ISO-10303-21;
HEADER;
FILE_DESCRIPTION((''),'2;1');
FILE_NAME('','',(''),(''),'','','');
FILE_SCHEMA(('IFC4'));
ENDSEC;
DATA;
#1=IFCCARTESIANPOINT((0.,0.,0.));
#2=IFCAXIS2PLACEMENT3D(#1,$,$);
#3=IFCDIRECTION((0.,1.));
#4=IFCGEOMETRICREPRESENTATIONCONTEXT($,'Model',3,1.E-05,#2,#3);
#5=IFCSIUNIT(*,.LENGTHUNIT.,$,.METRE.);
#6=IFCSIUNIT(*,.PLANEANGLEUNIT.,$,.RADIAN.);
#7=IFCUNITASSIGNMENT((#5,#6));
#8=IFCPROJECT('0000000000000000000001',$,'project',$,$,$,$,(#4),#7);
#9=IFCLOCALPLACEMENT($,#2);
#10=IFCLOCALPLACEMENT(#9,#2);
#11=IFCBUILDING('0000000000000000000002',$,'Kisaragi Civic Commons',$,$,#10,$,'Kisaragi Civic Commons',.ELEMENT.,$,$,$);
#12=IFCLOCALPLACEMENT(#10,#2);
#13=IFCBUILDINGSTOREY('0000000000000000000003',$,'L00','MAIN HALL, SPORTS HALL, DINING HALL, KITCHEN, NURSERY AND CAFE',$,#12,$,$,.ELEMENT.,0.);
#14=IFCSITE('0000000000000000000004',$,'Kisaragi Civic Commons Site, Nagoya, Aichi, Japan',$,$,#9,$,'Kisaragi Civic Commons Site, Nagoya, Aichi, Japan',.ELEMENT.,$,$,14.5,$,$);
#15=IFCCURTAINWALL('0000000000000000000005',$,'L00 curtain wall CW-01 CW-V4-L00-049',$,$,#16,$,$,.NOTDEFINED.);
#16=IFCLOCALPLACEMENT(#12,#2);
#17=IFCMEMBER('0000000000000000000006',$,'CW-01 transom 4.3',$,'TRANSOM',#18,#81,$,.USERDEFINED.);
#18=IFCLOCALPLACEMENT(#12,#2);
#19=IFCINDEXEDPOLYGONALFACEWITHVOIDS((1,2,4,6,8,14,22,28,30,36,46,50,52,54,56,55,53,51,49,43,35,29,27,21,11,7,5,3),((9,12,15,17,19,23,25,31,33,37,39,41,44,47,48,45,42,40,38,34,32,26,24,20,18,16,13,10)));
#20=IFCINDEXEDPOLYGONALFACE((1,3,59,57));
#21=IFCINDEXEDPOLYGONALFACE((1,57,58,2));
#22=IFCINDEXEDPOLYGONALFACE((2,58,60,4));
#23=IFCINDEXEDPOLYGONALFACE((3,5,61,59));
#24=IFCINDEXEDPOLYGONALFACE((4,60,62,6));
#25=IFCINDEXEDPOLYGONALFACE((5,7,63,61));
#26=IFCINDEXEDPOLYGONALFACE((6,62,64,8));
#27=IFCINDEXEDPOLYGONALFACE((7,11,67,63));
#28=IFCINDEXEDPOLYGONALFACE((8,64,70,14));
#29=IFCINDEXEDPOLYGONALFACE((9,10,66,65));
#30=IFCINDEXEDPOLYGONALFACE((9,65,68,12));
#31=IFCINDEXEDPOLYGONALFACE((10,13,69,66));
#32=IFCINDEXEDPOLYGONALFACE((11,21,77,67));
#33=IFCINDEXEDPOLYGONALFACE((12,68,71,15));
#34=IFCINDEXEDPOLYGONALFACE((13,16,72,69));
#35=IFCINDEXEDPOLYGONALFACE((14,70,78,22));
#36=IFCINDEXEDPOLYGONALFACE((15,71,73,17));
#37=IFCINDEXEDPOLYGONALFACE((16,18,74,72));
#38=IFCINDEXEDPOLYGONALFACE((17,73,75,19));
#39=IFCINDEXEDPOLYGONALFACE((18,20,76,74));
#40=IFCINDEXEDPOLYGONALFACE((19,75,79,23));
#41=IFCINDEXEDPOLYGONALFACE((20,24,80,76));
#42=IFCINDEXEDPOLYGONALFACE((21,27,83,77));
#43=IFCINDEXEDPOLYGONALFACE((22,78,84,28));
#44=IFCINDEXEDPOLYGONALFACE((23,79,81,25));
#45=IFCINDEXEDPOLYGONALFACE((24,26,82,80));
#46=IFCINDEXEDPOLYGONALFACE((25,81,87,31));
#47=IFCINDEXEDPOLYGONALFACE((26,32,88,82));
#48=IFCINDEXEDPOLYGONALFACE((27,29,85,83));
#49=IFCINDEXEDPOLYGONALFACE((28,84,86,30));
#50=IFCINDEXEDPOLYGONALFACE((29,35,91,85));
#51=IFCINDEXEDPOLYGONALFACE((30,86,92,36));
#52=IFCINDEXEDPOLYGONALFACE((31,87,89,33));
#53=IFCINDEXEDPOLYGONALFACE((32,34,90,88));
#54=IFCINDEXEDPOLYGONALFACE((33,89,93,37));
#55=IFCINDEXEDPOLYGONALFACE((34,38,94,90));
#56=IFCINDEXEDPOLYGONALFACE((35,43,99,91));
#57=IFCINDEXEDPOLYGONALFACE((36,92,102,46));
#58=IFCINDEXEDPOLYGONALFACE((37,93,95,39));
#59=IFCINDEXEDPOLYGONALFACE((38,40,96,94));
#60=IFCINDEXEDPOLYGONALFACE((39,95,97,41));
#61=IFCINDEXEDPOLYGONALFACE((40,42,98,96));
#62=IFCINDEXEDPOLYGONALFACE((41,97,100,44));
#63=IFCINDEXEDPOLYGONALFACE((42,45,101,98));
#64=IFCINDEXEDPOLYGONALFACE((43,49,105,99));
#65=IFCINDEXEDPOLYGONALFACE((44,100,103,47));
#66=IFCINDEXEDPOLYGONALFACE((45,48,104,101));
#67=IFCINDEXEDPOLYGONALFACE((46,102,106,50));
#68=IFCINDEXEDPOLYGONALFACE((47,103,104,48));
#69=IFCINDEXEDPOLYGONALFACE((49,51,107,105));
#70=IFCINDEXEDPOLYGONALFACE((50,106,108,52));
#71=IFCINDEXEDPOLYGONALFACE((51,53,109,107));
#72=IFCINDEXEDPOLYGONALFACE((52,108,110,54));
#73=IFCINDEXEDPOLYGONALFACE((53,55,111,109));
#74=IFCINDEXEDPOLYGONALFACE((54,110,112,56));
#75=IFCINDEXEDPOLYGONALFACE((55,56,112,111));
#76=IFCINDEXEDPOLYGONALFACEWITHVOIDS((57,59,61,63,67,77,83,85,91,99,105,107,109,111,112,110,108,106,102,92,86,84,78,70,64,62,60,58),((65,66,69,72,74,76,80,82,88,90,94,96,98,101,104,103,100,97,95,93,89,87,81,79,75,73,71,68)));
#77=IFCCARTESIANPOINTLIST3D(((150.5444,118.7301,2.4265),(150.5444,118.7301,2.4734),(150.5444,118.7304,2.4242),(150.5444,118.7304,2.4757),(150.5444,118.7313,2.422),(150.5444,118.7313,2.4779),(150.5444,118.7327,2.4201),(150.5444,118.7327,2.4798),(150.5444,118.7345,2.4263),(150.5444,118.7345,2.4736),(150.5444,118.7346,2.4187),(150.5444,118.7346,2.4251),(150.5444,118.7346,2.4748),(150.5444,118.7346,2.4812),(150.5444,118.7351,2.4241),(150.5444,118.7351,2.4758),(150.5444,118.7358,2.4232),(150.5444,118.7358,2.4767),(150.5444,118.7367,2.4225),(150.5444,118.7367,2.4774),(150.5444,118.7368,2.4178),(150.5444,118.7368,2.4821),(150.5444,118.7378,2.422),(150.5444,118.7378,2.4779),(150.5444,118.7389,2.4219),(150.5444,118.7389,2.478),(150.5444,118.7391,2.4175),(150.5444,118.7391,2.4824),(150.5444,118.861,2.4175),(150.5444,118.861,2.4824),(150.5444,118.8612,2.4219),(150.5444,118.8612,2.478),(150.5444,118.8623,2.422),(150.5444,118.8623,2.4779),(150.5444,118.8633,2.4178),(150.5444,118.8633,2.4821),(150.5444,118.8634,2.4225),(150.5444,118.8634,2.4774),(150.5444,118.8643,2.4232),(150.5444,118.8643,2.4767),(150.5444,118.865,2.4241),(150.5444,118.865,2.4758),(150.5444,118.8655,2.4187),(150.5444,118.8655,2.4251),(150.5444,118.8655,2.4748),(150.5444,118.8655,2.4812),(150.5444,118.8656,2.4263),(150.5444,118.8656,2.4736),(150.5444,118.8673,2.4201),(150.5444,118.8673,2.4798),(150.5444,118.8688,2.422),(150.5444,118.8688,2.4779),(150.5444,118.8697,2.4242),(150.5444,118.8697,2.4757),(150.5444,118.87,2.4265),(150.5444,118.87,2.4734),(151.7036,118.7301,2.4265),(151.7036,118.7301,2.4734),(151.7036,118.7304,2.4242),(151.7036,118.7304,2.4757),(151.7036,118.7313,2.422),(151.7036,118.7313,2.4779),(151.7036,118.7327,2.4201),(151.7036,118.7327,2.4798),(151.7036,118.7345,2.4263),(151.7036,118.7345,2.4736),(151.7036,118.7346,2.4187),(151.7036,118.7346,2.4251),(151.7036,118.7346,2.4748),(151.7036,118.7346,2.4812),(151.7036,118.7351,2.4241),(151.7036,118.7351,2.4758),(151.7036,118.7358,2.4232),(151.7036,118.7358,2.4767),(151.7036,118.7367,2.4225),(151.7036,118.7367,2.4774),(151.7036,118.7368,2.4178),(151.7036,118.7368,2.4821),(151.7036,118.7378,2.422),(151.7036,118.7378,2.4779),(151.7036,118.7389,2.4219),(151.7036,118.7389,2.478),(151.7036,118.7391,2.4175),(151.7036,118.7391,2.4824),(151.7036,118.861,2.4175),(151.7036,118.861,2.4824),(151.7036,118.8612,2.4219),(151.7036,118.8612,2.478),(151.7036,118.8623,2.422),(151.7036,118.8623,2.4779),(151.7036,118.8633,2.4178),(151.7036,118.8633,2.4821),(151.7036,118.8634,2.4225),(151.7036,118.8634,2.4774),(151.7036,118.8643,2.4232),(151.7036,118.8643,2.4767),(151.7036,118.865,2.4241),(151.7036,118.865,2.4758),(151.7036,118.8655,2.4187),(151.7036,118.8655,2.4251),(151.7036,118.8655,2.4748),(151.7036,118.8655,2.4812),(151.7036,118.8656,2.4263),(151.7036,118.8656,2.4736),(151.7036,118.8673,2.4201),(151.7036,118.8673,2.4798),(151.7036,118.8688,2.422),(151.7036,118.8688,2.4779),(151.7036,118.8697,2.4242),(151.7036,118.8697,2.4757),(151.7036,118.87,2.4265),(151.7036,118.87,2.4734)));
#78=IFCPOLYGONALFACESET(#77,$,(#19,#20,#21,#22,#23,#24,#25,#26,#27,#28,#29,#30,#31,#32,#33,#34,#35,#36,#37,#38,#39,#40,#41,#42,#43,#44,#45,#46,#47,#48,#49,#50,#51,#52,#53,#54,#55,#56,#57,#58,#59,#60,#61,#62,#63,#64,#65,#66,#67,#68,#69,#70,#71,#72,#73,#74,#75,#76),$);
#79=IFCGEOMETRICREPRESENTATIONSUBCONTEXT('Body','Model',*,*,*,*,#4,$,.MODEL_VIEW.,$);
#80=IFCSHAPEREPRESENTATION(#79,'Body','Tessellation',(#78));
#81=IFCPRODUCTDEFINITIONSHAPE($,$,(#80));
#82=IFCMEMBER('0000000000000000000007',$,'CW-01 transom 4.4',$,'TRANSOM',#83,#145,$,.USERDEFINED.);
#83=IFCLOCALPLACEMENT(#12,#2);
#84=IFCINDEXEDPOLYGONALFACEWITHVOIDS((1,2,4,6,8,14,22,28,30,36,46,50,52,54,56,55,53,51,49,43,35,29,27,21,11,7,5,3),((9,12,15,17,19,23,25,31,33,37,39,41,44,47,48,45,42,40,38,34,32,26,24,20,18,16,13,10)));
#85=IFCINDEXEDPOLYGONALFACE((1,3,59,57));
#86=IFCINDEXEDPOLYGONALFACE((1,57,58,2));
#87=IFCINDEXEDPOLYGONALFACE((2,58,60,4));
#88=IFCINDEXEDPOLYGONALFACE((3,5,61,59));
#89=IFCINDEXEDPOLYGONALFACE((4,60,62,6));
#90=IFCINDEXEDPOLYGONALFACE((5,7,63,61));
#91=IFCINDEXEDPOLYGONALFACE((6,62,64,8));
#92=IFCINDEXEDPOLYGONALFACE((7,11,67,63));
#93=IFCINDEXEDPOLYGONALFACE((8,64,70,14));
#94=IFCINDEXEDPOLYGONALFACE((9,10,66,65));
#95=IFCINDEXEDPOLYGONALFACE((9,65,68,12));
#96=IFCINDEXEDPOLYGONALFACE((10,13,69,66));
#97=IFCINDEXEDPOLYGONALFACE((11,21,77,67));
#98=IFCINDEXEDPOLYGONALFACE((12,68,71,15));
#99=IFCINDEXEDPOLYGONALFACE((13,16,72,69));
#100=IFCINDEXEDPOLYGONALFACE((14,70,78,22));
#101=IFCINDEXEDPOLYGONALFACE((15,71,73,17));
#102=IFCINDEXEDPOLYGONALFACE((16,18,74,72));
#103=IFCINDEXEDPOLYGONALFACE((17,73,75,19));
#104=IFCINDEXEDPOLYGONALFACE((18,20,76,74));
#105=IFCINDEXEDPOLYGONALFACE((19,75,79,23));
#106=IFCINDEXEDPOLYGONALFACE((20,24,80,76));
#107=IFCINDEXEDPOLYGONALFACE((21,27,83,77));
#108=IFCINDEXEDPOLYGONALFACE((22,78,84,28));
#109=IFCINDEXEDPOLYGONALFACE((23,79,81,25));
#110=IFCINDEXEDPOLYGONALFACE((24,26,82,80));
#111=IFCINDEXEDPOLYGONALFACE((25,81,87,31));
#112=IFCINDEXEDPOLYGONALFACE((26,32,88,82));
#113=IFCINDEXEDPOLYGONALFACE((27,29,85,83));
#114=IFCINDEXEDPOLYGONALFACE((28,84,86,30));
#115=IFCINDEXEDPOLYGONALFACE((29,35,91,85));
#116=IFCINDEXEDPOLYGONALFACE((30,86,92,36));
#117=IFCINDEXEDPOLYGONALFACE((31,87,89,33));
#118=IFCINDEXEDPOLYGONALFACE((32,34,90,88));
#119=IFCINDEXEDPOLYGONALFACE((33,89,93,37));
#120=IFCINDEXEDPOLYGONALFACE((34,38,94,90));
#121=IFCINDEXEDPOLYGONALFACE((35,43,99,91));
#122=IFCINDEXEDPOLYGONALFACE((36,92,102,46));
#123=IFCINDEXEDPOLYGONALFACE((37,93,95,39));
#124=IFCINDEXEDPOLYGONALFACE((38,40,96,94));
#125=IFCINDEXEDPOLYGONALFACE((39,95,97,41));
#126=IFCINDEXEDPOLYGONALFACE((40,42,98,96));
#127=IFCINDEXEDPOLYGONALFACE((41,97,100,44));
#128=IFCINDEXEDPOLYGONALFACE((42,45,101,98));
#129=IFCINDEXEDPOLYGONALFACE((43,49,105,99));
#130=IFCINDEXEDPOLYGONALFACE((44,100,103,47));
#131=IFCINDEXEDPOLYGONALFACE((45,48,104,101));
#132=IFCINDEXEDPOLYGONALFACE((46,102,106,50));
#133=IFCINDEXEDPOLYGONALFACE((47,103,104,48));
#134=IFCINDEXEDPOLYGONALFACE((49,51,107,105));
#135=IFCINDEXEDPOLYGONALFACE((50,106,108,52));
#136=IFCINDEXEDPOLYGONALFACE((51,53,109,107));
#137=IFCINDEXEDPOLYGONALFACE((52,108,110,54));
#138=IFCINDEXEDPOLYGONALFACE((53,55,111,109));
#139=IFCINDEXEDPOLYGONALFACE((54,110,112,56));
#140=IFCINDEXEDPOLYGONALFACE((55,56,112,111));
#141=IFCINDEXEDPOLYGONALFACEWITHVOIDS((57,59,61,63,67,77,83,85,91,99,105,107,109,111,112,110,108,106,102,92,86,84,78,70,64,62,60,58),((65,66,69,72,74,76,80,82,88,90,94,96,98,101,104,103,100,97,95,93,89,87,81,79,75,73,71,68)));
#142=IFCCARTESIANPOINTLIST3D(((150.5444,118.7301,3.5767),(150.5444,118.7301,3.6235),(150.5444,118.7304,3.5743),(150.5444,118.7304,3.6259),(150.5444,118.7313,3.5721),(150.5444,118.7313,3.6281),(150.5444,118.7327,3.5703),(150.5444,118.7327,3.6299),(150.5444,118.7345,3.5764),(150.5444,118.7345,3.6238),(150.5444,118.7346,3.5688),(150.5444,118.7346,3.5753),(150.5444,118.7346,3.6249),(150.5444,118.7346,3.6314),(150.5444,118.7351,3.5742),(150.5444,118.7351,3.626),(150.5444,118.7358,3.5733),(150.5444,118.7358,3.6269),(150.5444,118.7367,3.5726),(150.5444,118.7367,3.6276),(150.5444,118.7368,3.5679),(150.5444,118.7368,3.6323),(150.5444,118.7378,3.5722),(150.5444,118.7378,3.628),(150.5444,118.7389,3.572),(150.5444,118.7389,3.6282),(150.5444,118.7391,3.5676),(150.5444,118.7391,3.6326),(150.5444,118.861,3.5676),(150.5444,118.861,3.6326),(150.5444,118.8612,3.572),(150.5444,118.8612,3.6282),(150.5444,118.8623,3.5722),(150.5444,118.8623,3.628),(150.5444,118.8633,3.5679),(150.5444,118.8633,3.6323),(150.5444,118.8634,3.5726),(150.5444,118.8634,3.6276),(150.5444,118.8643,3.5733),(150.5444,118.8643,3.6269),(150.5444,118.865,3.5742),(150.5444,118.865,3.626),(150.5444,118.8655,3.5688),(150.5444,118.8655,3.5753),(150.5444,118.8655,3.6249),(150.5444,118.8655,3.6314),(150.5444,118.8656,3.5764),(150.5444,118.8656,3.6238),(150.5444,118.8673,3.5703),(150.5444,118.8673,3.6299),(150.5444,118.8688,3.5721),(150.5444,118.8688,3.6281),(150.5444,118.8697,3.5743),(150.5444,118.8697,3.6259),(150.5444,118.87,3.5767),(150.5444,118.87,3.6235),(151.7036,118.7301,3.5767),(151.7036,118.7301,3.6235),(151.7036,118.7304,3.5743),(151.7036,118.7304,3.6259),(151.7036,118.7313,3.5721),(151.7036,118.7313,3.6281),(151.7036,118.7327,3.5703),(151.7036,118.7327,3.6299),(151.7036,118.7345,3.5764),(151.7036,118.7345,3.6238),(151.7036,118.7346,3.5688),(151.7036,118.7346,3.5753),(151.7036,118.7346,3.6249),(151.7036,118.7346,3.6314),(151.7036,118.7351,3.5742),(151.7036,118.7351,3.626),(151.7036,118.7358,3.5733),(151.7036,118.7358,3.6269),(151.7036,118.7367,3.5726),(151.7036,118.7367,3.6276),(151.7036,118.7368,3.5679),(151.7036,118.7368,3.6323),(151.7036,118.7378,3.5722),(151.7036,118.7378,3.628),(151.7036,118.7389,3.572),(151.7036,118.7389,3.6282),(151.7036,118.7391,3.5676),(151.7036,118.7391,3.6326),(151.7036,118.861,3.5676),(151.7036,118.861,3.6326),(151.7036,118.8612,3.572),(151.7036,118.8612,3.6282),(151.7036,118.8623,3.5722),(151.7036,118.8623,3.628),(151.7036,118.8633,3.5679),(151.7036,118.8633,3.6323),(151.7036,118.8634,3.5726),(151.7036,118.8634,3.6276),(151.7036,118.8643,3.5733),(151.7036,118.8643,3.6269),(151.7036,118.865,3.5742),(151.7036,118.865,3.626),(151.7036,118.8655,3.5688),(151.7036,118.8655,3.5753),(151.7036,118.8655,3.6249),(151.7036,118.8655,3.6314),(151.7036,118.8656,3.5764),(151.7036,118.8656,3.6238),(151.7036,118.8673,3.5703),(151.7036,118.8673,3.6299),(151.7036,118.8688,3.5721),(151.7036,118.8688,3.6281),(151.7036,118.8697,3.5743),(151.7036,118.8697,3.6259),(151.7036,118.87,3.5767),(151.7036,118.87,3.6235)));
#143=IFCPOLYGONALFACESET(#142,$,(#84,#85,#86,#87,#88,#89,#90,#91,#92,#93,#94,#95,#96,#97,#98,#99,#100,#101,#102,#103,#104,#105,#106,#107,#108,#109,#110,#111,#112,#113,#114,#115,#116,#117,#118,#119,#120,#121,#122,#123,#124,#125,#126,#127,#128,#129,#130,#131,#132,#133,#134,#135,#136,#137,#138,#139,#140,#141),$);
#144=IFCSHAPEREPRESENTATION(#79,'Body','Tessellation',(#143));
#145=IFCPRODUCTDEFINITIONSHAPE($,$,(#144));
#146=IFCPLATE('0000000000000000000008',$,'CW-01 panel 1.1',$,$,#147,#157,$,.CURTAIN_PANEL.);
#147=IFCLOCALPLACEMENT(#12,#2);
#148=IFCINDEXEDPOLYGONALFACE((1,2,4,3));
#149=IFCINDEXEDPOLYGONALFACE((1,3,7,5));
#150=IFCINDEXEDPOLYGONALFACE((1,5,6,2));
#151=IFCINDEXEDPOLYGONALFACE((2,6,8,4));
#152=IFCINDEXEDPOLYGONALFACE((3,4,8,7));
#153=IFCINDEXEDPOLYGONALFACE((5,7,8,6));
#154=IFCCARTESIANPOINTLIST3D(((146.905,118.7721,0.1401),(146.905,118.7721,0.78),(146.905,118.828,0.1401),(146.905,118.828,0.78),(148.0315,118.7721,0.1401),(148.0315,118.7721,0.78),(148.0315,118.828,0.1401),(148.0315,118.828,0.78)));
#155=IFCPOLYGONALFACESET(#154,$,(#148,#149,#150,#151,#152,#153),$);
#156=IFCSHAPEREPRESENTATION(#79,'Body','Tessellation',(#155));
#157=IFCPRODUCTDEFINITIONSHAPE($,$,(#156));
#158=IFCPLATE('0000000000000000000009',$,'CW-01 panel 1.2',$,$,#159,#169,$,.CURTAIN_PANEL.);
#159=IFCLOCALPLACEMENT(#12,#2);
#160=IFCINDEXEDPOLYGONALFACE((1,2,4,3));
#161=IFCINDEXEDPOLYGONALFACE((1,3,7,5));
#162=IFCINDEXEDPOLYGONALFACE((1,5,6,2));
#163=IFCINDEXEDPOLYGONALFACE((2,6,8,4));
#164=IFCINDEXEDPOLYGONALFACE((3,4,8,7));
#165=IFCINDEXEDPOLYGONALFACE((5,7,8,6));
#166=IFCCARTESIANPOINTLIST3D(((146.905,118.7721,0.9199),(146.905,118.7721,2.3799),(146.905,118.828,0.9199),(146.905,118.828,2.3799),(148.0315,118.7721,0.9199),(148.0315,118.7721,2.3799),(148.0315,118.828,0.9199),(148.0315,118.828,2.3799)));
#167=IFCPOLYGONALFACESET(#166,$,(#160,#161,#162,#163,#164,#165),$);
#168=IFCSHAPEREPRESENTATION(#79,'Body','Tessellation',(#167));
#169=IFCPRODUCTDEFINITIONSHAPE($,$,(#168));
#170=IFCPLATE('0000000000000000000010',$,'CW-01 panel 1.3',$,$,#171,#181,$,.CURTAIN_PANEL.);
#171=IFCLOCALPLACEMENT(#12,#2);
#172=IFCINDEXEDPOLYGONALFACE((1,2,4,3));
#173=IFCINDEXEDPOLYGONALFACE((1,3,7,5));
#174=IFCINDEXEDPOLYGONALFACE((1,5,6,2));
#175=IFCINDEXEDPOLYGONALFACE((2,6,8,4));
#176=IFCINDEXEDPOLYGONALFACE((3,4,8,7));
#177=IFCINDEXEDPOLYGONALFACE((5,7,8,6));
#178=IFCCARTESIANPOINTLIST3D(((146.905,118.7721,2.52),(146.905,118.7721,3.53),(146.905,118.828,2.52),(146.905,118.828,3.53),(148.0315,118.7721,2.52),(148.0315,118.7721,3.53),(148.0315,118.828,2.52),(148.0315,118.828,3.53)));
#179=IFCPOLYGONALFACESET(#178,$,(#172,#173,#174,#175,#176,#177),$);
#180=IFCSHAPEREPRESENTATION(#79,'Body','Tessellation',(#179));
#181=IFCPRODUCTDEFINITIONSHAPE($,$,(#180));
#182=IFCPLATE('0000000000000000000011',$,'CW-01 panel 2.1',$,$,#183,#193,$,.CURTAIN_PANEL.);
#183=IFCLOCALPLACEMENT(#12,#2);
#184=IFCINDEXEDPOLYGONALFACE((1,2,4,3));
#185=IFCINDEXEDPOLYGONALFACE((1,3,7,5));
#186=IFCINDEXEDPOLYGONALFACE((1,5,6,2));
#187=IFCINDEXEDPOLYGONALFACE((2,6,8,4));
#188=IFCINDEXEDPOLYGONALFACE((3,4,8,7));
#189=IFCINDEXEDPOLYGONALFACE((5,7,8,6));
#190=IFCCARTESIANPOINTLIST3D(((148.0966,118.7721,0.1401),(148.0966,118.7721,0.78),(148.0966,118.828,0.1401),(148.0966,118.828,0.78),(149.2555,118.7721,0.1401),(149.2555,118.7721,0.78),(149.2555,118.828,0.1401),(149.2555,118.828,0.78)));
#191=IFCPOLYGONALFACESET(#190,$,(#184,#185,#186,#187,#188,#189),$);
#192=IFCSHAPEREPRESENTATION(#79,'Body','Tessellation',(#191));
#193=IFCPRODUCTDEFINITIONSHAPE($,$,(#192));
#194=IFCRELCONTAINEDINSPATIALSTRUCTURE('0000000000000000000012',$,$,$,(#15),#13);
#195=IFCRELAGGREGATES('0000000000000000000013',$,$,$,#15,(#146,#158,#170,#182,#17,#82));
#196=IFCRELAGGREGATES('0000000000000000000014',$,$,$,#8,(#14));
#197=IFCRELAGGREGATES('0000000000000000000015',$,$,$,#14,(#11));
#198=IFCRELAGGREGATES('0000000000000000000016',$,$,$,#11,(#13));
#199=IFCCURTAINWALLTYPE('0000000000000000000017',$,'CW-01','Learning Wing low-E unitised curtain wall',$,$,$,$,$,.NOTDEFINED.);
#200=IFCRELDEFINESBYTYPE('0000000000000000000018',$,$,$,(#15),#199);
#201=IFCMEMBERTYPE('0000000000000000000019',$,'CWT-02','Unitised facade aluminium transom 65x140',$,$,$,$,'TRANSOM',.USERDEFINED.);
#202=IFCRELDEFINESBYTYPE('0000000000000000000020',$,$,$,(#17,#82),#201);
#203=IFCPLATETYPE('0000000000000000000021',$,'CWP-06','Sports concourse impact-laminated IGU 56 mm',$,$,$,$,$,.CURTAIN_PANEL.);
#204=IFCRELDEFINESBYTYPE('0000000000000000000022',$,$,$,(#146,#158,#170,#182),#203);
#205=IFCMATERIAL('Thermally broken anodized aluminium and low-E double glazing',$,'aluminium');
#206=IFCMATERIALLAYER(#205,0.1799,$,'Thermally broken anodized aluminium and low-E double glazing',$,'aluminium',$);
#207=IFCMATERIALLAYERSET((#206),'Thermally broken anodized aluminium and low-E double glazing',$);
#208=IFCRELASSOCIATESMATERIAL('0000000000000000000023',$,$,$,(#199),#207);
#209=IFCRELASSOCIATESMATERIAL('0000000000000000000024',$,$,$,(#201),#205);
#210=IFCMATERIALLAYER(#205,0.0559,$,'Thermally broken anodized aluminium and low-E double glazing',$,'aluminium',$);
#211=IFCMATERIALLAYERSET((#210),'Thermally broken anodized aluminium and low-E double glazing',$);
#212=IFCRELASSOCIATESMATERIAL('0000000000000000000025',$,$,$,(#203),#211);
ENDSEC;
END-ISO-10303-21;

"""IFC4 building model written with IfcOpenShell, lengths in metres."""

from ifc_helpers import new_model, si_unit, direction, frame, origin, origin_2d, place, context, subcontext, project, spatial, rectangle, hollow_rectangle, extrude, material, layer, layer_set, material_profile, profile_set, type_object, element, aggregate, save


model = new_model("IFC4")

# Units and contexts
model_context = context("Model", 3, precision=1e-05, world=origin(), true_north=direction((0.0, 1.0)))
body_context = subcontext(model_context, "Body", "Model", "MODEL_VIEW")
ifc_project = project(units=[si_unit("LENGTHUNIT", "METRE"), si_unit("PLANEANGLEUNIT", "RADIAN")], contexts=[model_context])

# Site, building, storey
site_placement = place(None, origin())
site = spatial("IfcSite", under=ifc_project, at=site_placement, Name="Kisaragi Civic Commons Site, Nagoya, Aichi, Japan", LongName="Kisaragi Civic Commons Site, Nagoya, Aichi, Japan", CompositionType="ELEMENT", RefElevation=14.5)
building_placement = place(site_placement, origin())
building = spatial("IfcBuilding", under=site, at=building_placement, Name="Kisaragi Civic Commons", LongName="Kisaragi Civic Commons", CompositionType="ELEMENT")
storey_placement = place(building_placement, origin())
storey = spatial("IfcBuildingStorey", under=building, at=storey_placement, Name="L00", Description="MAIN HALL, SPORTS HALL, DINING HALL, KITCHEN, NURSERY AND CAFE", CompositionType="ELEMENT", Elevation=0.0)

# Curtain wall, members, plates
ifc_material_1 = material(Name="Thermally broken anodized aluminium and low-E double glazing", Category="aluminium")
ifc_layer_1 = layer(ifc_material_1, 0.1799, Name="Thermally broken anodized aluminium and low-E double glazing", Category="aluminium")
ifc_layer_set_1 = layer_set([ifc_layer_1], Name="Thermally broken anodized aluminium and low-E double glazing")
curtain_wall_type = type_object("IfcCurtainWallType", Name="CW-01", Description="Learning Wing low-E unitised curtain wall", PredefinedType="NOTDEFINED", material=ifc_layer_set_1)
curtain_wall_placement = place(storey_placement, origin())
curtain_wall = element("IfcCurtainWall", 1, at=curtain_wall_placement, inside=storey, type_object=curtain_wall_type, Name="L00 curtain wall CW-01 CW-V4-L00-049", PredefinedType="NOTDEFINED")
ifc_material_profile_1 = material_profile(ifc_material_1, hollow_rectangle(XDim=0.1399, YDim=0.0649, WallThickness=0.0044, InnerFilletRadius=0.0044, OuterFilletRadius=0.009, at=origin_2d()), Name="CWT-65x140x4.5", Category="aluminium")
ifc_profile_set_1 = profile_set([ifc_material_profile_1], Name="Thermally broken anodized aluminium and low-E double glazing")
member_type_1 = type_object("IfcMemberType", Name="CWT-02", Description="Unitised facade aluminium transom 65x140", ElementType="TRANSOM", PredefinedType="USERDEFINED", material=ifc_profile_set_1)
member_1_placement = place(storey_placement, frame((150.5444, 118.8, 2.45), z_axis=(1.0, 0.0, 0.0), x_axis=(0.0, 1.0, 0.0)))
member_1 = element("IfcMember", 2, at=member_1_placement, type_object=member_type_1, Name="CW-01 transom 4.3", ObjectType="TRANSOM", PredefinedType="USERDEFINED", context=body_context, shape_type="SweptSolid", body=[
    extrude(hollow_rectangle(XDim=0.1399, YDim=0.0649, WallThickness=0.0044, InnerFilletRadius=0.0044, OuterFilletRadius=0.009, at=origin_2d()), origin(), (0.0, 0.0, 1.0), 1.1592),
])
member_2_placement = place(storey_placement, frame((150.5444, 118.8, 3.6001), z_axis=(1.0, 0.0, 0.0), x_axis=(0.0, 1.0, 0.0)))
member_2 = element("IfcMember", 3, at=member_2_placement, type_object=member_type_1, Name="CW-01 transom 4.4", ObjectType="TRANSOM", PredefinedType="USERDEFINED", context=body_context, shape_type="SweptSolid", body=[
    extrude(hollow_rectangle(XDim=0.1399, YDim=0.0649, WallThickness=0.0044, InnerFilletRadius=0.0044, OuterFilletRadius=0.009, at=origin_2d()), origin(), (0.0, 0.0, 1.0), 1.1592),
])
ifc_layer_2 = layer(ifc_material_1, 0.0559, Name="Thermally broken anodized aluminium and low-E double glazing", Category="aluminium")
ifc_layer_set_2 = layer_set([ifc_layer_2], Name="Thermally broken anodized aluminium and low-E double glazing")
plate_type = type_object("IfcPlateType", Name="CWP-06", Description="Sports concourse impact-laminated IGU 56 mm", PredefinedType="CURTAIN_PANEL", material=ifc_layer_set_2)
plate_1_placement = place(storey_placement, frame((147.4683, 118.8, 0.1401), z_axis=(0.0, 0.0, 1.0), x_axis=(1.0, 0.0, 0.0)))
plate_1 = element("IfcPlate", 4, at=plate_1_placement, type_object=plate_type, Name="CW-01 panel 1.1", PredefinedType="CURTAIN_PANEL", context=body_context, shape_type="SweptSolid", body=[
    extrude(rectangle(XDim=1.1265, YDim=0.0559, at=origin_2d()), origin(), (0.0, 0.0, 1.0), 0.6399),
])
plate_2_placement = place(storey_placement, frame((147.4683, 118.8, 0.9199), z_axis=(0.0, 0.0, 1.0), x_axis=(1.0, 0.0, 0.0)))
plate_2 = element("IfcPlate", 5, at=plate_2_placement, type_object=plate_type, Name="CW-01 panel 1.2", PredefinedType="CURTAIN_PANEL", context=body_context, shape_type="SweptSolid", body=[
    extrude(rectangle(XDim=1.1265, YDim=0.0559, at=origin_2d()), origin(), (0.0, 0.0, 1.0), 1.46),
])
plate_3_placement = place(storey_placement, frame((147.4683, 118.8, 2.52), z_axis=(0.0, 0.0, 1.0), x_axis=(1.0, 0.0, 0.0)))
plate_3 = element("IfcPlate", 6, at=plate_3_placement, type_object=plate_type, Name="CW-01 panel 1.3", PredefinedType="CURTAIN_PANEL", context=body_context, shape_type="SweptSolid", body=[
    extrude(rectangle(XDim=1.1265, YDim=0.0559, at=origin_2d()), origin(), (0.0, 0.0, 1.0), 1.01),
])
plate_4_placement = place(storey_placement, frame((148.676, 118.8, 0.1401), z_axis=(0.0, 0.0, 1.0), x_axis=(1.0, 0.0, 0.0)))
plate_4 = element("IfcPlate", 7, at=plate_4_placement, type_object=plate_type, Name="CW-01 panel 2.1", PredefinedType="CURTAIN_PANEL", context=body_context, shape_type="SweptSolid", body=[
    extrude(rectangle(XDim=1.1589, YDim=0.0559, at=origin_2d()), origin(), (0.0, 0.0, 1.0), 0.6399),
])
aggregate(curtain_wall, [plate_1, plate_2, plate_3, plate_4, member_1, member_2])

save(model, "model.ifc")
